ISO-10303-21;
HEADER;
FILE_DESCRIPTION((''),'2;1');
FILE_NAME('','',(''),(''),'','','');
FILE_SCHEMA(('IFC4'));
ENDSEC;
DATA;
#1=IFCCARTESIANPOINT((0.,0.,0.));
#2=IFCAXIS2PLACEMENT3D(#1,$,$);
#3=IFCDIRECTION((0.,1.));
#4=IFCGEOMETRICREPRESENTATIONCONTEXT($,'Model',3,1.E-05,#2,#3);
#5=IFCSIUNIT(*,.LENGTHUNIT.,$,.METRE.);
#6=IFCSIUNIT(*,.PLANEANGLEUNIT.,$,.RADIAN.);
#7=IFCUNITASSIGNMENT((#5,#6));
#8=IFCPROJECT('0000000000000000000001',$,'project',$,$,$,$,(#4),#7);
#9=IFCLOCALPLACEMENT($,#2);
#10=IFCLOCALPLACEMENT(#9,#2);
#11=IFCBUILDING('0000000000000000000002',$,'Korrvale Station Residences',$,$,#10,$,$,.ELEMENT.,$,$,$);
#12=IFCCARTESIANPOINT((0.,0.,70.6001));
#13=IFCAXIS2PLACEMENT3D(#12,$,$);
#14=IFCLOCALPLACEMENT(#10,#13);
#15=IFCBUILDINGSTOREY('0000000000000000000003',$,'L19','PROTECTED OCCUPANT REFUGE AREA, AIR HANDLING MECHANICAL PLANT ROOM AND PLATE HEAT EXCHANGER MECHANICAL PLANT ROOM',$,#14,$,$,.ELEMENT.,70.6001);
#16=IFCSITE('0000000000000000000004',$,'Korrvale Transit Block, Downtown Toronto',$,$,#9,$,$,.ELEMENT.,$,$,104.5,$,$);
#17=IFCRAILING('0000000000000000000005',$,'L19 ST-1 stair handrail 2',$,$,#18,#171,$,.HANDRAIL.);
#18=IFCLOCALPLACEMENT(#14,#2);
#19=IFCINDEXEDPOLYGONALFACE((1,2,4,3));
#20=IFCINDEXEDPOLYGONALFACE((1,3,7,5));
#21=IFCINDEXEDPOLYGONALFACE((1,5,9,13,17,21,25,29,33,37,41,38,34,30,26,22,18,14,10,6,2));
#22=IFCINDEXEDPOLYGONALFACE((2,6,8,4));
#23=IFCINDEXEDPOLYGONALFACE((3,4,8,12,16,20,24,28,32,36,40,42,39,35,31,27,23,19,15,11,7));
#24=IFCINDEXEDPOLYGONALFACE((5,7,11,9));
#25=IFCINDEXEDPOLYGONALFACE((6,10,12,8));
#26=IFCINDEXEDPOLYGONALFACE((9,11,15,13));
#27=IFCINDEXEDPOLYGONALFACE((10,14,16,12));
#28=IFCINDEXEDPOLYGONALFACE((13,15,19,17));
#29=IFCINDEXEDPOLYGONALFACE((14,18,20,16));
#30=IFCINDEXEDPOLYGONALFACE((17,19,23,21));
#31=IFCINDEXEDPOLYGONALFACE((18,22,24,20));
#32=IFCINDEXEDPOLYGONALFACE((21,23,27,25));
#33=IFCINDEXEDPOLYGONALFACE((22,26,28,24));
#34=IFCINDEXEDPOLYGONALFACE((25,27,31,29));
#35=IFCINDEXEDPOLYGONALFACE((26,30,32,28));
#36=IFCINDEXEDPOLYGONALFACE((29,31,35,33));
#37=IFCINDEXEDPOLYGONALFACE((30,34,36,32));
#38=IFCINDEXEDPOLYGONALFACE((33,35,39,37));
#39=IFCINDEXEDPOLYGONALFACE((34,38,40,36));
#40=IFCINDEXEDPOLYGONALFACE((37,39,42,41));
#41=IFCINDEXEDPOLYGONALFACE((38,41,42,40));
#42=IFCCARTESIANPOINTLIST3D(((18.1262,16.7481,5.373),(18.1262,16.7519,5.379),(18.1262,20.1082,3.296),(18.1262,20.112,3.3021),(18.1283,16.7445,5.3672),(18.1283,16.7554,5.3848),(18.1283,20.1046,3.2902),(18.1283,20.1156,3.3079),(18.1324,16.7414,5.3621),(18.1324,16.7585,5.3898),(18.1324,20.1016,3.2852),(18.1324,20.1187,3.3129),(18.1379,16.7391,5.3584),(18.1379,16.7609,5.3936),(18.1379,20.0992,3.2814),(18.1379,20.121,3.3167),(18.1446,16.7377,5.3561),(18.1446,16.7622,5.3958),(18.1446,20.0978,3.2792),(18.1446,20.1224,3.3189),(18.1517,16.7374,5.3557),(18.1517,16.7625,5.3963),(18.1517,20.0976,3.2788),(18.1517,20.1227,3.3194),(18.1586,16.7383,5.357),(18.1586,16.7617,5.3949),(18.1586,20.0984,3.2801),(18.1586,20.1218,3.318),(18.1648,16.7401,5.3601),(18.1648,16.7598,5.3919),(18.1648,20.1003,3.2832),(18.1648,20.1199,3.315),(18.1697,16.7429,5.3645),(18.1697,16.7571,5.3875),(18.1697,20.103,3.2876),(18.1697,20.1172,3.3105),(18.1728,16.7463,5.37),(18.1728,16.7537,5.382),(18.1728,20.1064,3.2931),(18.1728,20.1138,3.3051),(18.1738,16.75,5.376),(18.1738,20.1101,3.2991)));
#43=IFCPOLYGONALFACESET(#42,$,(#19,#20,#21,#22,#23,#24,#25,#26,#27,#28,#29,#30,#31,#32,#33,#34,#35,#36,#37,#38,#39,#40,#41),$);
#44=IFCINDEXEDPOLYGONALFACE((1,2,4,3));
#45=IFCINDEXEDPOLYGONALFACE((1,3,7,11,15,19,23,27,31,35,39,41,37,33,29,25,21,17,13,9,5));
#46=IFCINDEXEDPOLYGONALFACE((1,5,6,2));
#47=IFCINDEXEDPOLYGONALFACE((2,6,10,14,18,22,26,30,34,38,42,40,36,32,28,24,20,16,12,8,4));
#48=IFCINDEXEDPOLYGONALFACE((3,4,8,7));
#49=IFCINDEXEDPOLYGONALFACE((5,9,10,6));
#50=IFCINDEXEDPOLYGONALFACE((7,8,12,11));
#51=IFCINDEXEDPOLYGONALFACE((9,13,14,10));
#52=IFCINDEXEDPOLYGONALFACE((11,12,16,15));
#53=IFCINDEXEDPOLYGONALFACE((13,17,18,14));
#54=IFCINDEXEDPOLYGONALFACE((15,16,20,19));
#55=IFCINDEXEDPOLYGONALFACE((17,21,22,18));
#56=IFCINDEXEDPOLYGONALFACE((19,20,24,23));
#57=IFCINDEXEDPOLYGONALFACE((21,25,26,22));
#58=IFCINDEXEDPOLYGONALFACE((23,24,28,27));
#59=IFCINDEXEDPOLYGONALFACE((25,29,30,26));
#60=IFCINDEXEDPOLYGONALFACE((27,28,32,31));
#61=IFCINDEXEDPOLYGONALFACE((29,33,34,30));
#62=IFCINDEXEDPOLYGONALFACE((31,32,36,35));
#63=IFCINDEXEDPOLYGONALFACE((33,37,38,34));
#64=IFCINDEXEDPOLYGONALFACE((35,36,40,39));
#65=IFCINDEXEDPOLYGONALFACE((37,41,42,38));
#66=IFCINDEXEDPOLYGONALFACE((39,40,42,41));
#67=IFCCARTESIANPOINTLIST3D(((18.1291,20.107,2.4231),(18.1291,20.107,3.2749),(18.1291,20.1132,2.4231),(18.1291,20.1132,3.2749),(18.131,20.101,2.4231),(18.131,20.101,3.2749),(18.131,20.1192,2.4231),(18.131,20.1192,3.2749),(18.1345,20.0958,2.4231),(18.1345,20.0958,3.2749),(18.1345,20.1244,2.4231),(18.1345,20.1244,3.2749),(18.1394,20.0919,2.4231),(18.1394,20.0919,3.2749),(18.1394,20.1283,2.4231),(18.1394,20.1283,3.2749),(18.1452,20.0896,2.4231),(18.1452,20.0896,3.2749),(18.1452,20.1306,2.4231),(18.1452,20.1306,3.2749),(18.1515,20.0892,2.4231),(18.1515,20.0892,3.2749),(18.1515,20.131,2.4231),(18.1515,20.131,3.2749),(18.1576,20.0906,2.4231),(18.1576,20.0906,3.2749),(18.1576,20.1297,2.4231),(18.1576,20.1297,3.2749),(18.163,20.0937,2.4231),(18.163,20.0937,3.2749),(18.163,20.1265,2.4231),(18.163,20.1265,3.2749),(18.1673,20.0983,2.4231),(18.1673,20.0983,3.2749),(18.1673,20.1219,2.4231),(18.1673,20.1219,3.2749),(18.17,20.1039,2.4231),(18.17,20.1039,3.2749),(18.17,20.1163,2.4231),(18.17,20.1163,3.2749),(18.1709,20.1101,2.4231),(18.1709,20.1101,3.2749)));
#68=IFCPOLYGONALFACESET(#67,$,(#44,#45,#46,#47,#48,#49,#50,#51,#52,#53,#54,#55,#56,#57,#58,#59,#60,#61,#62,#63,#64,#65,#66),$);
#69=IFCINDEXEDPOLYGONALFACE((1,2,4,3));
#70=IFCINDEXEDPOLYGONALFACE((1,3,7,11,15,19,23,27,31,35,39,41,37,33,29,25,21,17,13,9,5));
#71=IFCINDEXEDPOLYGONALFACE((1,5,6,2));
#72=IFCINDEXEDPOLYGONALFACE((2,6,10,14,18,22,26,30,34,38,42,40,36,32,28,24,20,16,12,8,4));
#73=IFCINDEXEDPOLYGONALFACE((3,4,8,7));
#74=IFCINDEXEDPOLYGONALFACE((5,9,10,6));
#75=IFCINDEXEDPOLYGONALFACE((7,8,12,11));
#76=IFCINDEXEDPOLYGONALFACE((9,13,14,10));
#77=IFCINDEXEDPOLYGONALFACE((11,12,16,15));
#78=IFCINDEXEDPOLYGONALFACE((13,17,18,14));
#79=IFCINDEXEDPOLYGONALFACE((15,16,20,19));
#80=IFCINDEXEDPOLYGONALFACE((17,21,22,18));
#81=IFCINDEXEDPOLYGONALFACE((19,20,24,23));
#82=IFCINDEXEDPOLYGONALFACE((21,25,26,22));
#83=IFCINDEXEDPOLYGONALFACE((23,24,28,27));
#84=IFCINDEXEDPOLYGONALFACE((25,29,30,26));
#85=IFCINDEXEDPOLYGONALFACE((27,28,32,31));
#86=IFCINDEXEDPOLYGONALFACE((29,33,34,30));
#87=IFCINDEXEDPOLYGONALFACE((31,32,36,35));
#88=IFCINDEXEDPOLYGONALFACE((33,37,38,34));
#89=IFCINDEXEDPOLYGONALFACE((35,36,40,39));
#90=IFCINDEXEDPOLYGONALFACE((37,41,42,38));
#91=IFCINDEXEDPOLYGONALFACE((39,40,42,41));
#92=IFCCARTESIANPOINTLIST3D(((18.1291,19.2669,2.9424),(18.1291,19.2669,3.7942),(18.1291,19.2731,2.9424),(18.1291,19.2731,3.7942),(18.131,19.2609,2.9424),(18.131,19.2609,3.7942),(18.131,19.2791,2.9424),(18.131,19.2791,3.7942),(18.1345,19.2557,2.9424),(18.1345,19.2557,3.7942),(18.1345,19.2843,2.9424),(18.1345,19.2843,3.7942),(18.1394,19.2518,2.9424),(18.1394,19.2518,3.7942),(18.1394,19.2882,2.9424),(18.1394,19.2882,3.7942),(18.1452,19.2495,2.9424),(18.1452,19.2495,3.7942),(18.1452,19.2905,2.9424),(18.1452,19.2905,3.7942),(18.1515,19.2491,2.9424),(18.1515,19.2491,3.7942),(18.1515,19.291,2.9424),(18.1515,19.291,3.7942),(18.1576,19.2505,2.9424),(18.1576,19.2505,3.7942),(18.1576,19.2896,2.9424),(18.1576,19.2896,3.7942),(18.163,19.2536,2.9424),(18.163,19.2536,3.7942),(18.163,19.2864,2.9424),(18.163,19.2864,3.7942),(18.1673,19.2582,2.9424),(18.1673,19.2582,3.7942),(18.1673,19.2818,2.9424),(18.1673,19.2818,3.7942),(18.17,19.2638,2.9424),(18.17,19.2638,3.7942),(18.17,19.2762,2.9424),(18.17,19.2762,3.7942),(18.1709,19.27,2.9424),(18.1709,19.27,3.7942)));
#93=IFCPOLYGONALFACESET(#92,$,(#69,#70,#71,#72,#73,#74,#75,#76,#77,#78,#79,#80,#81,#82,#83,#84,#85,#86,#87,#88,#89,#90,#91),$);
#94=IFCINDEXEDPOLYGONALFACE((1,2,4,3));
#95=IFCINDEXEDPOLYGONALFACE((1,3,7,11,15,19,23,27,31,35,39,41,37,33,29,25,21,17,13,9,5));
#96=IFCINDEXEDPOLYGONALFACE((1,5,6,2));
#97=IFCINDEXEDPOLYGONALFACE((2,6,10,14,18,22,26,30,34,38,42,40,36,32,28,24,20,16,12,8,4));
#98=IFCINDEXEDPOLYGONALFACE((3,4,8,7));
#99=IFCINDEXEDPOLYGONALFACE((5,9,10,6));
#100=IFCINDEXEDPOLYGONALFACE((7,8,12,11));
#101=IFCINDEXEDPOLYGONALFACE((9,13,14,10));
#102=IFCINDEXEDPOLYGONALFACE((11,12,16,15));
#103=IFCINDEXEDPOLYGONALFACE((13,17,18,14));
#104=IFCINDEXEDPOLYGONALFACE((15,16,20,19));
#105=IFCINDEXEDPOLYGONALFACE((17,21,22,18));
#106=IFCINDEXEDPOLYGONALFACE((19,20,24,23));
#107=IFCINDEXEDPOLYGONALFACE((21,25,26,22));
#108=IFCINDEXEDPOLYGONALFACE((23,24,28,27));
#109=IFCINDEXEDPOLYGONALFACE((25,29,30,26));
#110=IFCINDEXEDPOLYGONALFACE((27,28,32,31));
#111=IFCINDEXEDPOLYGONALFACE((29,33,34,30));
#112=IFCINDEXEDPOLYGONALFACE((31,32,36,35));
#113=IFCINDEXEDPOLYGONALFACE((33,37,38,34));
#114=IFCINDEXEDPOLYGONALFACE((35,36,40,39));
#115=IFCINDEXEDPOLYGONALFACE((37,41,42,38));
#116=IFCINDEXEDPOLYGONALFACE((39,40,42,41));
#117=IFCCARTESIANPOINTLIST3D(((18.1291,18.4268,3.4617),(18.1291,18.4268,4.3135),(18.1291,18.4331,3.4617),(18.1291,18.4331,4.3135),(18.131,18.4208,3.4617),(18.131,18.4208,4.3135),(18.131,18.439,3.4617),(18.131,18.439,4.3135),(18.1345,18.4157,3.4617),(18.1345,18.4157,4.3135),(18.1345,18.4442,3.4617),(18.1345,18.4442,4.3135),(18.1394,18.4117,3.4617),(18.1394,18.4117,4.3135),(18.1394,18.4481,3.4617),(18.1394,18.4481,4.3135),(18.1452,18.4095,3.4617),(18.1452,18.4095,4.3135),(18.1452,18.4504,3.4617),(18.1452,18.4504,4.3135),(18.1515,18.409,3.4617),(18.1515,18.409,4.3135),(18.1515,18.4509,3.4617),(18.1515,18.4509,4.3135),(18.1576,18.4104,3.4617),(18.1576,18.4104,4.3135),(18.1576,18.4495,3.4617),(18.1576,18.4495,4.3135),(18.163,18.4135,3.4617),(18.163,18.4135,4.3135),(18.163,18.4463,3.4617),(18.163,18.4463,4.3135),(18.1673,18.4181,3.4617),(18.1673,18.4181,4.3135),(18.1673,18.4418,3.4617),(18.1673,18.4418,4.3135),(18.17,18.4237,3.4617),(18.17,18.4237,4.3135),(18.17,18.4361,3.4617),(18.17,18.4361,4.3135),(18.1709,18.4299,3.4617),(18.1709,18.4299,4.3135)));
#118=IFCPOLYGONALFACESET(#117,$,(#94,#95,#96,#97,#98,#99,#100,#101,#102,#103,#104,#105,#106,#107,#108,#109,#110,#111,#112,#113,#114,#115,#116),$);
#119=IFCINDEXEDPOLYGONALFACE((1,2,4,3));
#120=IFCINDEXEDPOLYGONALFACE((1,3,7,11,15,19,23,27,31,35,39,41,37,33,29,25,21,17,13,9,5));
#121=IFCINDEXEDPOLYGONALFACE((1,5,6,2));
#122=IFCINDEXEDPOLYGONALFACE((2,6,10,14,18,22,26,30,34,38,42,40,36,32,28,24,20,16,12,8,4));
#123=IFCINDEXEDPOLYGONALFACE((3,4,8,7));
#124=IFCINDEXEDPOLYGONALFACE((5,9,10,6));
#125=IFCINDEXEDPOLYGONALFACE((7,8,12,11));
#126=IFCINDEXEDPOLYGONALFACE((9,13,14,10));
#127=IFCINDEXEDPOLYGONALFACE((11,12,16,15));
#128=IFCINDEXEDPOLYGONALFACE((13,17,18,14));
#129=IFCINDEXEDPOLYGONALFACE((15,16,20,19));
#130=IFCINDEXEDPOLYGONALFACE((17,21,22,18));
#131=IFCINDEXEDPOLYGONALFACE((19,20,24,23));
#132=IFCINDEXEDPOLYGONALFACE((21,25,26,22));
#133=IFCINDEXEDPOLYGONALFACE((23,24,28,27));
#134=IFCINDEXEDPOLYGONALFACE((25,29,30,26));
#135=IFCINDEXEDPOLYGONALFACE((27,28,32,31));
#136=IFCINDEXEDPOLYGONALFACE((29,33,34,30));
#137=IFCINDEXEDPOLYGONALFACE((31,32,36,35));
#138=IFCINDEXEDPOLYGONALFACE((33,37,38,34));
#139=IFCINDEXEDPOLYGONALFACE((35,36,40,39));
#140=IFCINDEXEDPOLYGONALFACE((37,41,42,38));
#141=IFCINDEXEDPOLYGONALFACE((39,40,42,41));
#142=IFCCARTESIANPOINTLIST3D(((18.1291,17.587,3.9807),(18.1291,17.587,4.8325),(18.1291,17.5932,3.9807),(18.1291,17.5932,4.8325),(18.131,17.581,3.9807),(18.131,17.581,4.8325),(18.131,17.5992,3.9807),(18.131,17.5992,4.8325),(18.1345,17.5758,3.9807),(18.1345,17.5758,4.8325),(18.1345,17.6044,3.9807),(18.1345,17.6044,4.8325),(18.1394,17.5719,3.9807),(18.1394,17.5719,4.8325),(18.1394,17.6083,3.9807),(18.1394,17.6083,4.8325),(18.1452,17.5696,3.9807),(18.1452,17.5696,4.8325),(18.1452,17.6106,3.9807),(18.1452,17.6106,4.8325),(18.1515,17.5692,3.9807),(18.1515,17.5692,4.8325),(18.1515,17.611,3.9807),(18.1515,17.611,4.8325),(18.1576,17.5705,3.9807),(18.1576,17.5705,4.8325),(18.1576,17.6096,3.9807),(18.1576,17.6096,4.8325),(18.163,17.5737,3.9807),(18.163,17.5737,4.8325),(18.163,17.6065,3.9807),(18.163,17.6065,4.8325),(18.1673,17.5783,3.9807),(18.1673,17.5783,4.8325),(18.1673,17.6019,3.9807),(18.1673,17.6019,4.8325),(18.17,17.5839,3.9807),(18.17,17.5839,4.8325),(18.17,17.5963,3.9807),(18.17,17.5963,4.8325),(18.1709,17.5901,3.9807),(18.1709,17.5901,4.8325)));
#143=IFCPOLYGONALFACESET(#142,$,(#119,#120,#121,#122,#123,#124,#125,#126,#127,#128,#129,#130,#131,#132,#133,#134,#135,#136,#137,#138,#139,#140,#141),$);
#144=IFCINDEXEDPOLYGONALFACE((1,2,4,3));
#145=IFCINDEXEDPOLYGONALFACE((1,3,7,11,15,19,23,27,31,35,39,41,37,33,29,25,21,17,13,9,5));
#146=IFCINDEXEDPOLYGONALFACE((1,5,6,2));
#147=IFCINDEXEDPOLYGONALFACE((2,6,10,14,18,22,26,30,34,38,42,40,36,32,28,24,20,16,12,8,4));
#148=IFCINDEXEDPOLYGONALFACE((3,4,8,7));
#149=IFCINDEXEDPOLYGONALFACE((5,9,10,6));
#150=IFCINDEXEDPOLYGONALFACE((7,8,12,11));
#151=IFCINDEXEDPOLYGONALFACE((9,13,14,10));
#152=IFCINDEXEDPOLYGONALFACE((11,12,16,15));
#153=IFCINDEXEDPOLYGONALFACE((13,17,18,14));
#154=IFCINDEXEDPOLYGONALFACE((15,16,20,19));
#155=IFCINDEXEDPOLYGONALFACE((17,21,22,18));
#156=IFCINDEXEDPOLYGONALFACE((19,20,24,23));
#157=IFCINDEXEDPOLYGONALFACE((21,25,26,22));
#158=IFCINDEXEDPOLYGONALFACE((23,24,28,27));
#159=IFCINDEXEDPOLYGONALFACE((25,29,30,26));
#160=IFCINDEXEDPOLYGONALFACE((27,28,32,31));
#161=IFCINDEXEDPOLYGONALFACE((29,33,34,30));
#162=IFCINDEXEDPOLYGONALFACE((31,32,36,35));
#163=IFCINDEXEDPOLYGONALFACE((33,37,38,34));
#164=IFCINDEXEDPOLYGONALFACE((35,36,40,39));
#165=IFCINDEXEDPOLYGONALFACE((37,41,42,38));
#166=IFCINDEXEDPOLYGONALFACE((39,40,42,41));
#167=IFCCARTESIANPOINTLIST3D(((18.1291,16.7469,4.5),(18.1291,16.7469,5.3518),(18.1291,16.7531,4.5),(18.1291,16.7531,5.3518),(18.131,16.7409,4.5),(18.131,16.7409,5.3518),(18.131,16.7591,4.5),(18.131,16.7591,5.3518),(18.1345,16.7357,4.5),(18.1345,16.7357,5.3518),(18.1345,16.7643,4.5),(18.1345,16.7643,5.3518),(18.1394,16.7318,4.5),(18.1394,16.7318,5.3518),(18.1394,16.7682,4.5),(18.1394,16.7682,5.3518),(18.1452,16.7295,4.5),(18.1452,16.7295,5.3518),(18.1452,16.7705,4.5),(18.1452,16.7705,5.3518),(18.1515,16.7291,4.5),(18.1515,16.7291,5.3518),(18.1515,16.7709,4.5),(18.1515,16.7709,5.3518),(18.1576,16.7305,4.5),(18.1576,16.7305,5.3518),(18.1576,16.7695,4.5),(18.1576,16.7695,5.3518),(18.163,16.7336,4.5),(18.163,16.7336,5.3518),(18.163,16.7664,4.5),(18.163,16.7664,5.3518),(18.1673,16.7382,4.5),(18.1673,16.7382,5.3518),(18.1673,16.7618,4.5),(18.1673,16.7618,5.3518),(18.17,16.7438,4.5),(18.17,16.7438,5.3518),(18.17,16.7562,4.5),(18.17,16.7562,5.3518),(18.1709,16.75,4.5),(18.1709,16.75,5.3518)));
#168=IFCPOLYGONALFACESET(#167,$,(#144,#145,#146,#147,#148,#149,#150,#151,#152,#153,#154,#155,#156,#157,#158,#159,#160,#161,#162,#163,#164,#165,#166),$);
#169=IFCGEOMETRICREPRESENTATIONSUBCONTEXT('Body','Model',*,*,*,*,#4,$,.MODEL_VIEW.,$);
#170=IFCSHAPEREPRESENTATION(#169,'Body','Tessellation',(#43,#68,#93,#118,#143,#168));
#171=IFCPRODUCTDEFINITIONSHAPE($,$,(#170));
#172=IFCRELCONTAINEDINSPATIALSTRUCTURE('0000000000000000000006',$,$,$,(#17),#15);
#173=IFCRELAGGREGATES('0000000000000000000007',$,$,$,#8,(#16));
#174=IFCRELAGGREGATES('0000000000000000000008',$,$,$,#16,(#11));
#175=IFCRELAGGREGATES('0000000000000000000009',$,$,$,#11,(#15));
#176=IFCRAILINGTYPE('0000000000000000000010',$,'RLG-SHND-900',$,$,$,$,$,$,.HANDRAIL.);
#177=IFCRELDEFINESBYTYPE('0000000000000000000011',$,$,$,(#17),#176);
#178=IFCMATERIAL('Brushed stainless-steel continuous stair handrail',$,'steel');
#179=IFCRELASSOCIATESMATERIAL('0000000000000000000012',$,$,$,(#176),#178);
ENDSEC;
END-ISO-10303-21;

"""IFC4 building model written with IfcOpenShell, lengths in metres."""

from ifc_helpers import new_model, si_unit, direction, frame, origin, origin_2d, place, context, subcontext, project, spatial, circle, extrude, material, type_object, element, save


model = new_model("IFC4")

# Units and contexts
model_context = context("Model", 3, precision=1e-05, world=origin(), true_north=direction((0.0, 1.0)))
body_context = subcontext(model_context, "Body", "Model", "MODEL_VIEW")
ifc_project = project(units=[si_unit("LENGTHUNIT", "METRE"), si_unit("PLANEANGLEUNIT", "RADIAN")], contexts=[model_context])

# Site, building, storey
site_placement = place(None, origin())
site = spatial("IfcSite", under=ifc_project, at=site_placement, Name="Korrvale Transit Block, Downtown Toronto", CompositionType="ELEMENT", RefElevation=104.5)
building_placement = place(site_placement, origin())
building = spatial("IfcBuilding", under=site, at=building_placement, Name="Korrvale Station Residences", CompositionType="ELEMENT")
storey_placement = place(building_placement, frame((0.0, 0.0, 70.6001)))
storey = spatial("IfcBuildingStorey", under=building, at=storey_placement, Name="L19", Description="PROTECTED OCCUPANT REFUGE AREA, AIR HANDLING MECHANICAL PLANT ROOM AND PLATE HEAT EXCHANGER MECHANICAL PLANT ROOM", CompositionType="ELEMENT", Elevation=70.6001)

# Railing
ifc_material_1 = material(Name="Brushed stainless-steel continuous stair handrail", Category="steel")
railing_type_1 = type_object("IfcRailingType", Name="RLG-SHND-900", PredefinedType="HANDRAIL", material=ifc_material_1)
railing_1_placement = place(storey_placement, frame((18.1499, 20.1101, 2.4231)))
element("IfcRailing", 1, at=railing_1_placement, inside=storey, type_object=railing_type_1, Name="L19 ST-1 stair handrail 2", PredefinedType="HANDRAIL", context=body_context, shape_type="SweptSolid", body=[
    extrude(circle(Radius=0.0239, at=origin_2d()), frame((0.0, 0.0, 0.876), z_axis=(0.0, -0.850623, 0.525776), x_axis=(1.0, 0.0, 0.0)), (0.0, 0.0, 1.0), 3.9502),
    extrude(circle(Radius=0.021, at=origin_2d()), origin(), (0.0, 0.0, 1.0), 0.8518),
    extrude(circle(Radius=0.021, at=origin_2d()), frame((0.0, -0.8401, 0.5193)), (0.0, 0.0, 1.0), 0.8518),
    extrude(circle(Radius=0.021, at=origin_2d()), frame((0.0, -1.6802, 1.0386)), (0.0, 0.0, 1.0), 0.8518),
    extrude(circle(Radius=0.021, at=origin_2d()), frame((0.0, -2.52, 1.5576)), (0.0, 0.0, 1.0), 0.8518),
    extrude(circle(Radius=0.021, at=origin_2d()), frame((0.0, -3.3601, 2.0769)), (0.0, 0.0, 1.0), 0.8518),
])

save(model, "model.ifc")
